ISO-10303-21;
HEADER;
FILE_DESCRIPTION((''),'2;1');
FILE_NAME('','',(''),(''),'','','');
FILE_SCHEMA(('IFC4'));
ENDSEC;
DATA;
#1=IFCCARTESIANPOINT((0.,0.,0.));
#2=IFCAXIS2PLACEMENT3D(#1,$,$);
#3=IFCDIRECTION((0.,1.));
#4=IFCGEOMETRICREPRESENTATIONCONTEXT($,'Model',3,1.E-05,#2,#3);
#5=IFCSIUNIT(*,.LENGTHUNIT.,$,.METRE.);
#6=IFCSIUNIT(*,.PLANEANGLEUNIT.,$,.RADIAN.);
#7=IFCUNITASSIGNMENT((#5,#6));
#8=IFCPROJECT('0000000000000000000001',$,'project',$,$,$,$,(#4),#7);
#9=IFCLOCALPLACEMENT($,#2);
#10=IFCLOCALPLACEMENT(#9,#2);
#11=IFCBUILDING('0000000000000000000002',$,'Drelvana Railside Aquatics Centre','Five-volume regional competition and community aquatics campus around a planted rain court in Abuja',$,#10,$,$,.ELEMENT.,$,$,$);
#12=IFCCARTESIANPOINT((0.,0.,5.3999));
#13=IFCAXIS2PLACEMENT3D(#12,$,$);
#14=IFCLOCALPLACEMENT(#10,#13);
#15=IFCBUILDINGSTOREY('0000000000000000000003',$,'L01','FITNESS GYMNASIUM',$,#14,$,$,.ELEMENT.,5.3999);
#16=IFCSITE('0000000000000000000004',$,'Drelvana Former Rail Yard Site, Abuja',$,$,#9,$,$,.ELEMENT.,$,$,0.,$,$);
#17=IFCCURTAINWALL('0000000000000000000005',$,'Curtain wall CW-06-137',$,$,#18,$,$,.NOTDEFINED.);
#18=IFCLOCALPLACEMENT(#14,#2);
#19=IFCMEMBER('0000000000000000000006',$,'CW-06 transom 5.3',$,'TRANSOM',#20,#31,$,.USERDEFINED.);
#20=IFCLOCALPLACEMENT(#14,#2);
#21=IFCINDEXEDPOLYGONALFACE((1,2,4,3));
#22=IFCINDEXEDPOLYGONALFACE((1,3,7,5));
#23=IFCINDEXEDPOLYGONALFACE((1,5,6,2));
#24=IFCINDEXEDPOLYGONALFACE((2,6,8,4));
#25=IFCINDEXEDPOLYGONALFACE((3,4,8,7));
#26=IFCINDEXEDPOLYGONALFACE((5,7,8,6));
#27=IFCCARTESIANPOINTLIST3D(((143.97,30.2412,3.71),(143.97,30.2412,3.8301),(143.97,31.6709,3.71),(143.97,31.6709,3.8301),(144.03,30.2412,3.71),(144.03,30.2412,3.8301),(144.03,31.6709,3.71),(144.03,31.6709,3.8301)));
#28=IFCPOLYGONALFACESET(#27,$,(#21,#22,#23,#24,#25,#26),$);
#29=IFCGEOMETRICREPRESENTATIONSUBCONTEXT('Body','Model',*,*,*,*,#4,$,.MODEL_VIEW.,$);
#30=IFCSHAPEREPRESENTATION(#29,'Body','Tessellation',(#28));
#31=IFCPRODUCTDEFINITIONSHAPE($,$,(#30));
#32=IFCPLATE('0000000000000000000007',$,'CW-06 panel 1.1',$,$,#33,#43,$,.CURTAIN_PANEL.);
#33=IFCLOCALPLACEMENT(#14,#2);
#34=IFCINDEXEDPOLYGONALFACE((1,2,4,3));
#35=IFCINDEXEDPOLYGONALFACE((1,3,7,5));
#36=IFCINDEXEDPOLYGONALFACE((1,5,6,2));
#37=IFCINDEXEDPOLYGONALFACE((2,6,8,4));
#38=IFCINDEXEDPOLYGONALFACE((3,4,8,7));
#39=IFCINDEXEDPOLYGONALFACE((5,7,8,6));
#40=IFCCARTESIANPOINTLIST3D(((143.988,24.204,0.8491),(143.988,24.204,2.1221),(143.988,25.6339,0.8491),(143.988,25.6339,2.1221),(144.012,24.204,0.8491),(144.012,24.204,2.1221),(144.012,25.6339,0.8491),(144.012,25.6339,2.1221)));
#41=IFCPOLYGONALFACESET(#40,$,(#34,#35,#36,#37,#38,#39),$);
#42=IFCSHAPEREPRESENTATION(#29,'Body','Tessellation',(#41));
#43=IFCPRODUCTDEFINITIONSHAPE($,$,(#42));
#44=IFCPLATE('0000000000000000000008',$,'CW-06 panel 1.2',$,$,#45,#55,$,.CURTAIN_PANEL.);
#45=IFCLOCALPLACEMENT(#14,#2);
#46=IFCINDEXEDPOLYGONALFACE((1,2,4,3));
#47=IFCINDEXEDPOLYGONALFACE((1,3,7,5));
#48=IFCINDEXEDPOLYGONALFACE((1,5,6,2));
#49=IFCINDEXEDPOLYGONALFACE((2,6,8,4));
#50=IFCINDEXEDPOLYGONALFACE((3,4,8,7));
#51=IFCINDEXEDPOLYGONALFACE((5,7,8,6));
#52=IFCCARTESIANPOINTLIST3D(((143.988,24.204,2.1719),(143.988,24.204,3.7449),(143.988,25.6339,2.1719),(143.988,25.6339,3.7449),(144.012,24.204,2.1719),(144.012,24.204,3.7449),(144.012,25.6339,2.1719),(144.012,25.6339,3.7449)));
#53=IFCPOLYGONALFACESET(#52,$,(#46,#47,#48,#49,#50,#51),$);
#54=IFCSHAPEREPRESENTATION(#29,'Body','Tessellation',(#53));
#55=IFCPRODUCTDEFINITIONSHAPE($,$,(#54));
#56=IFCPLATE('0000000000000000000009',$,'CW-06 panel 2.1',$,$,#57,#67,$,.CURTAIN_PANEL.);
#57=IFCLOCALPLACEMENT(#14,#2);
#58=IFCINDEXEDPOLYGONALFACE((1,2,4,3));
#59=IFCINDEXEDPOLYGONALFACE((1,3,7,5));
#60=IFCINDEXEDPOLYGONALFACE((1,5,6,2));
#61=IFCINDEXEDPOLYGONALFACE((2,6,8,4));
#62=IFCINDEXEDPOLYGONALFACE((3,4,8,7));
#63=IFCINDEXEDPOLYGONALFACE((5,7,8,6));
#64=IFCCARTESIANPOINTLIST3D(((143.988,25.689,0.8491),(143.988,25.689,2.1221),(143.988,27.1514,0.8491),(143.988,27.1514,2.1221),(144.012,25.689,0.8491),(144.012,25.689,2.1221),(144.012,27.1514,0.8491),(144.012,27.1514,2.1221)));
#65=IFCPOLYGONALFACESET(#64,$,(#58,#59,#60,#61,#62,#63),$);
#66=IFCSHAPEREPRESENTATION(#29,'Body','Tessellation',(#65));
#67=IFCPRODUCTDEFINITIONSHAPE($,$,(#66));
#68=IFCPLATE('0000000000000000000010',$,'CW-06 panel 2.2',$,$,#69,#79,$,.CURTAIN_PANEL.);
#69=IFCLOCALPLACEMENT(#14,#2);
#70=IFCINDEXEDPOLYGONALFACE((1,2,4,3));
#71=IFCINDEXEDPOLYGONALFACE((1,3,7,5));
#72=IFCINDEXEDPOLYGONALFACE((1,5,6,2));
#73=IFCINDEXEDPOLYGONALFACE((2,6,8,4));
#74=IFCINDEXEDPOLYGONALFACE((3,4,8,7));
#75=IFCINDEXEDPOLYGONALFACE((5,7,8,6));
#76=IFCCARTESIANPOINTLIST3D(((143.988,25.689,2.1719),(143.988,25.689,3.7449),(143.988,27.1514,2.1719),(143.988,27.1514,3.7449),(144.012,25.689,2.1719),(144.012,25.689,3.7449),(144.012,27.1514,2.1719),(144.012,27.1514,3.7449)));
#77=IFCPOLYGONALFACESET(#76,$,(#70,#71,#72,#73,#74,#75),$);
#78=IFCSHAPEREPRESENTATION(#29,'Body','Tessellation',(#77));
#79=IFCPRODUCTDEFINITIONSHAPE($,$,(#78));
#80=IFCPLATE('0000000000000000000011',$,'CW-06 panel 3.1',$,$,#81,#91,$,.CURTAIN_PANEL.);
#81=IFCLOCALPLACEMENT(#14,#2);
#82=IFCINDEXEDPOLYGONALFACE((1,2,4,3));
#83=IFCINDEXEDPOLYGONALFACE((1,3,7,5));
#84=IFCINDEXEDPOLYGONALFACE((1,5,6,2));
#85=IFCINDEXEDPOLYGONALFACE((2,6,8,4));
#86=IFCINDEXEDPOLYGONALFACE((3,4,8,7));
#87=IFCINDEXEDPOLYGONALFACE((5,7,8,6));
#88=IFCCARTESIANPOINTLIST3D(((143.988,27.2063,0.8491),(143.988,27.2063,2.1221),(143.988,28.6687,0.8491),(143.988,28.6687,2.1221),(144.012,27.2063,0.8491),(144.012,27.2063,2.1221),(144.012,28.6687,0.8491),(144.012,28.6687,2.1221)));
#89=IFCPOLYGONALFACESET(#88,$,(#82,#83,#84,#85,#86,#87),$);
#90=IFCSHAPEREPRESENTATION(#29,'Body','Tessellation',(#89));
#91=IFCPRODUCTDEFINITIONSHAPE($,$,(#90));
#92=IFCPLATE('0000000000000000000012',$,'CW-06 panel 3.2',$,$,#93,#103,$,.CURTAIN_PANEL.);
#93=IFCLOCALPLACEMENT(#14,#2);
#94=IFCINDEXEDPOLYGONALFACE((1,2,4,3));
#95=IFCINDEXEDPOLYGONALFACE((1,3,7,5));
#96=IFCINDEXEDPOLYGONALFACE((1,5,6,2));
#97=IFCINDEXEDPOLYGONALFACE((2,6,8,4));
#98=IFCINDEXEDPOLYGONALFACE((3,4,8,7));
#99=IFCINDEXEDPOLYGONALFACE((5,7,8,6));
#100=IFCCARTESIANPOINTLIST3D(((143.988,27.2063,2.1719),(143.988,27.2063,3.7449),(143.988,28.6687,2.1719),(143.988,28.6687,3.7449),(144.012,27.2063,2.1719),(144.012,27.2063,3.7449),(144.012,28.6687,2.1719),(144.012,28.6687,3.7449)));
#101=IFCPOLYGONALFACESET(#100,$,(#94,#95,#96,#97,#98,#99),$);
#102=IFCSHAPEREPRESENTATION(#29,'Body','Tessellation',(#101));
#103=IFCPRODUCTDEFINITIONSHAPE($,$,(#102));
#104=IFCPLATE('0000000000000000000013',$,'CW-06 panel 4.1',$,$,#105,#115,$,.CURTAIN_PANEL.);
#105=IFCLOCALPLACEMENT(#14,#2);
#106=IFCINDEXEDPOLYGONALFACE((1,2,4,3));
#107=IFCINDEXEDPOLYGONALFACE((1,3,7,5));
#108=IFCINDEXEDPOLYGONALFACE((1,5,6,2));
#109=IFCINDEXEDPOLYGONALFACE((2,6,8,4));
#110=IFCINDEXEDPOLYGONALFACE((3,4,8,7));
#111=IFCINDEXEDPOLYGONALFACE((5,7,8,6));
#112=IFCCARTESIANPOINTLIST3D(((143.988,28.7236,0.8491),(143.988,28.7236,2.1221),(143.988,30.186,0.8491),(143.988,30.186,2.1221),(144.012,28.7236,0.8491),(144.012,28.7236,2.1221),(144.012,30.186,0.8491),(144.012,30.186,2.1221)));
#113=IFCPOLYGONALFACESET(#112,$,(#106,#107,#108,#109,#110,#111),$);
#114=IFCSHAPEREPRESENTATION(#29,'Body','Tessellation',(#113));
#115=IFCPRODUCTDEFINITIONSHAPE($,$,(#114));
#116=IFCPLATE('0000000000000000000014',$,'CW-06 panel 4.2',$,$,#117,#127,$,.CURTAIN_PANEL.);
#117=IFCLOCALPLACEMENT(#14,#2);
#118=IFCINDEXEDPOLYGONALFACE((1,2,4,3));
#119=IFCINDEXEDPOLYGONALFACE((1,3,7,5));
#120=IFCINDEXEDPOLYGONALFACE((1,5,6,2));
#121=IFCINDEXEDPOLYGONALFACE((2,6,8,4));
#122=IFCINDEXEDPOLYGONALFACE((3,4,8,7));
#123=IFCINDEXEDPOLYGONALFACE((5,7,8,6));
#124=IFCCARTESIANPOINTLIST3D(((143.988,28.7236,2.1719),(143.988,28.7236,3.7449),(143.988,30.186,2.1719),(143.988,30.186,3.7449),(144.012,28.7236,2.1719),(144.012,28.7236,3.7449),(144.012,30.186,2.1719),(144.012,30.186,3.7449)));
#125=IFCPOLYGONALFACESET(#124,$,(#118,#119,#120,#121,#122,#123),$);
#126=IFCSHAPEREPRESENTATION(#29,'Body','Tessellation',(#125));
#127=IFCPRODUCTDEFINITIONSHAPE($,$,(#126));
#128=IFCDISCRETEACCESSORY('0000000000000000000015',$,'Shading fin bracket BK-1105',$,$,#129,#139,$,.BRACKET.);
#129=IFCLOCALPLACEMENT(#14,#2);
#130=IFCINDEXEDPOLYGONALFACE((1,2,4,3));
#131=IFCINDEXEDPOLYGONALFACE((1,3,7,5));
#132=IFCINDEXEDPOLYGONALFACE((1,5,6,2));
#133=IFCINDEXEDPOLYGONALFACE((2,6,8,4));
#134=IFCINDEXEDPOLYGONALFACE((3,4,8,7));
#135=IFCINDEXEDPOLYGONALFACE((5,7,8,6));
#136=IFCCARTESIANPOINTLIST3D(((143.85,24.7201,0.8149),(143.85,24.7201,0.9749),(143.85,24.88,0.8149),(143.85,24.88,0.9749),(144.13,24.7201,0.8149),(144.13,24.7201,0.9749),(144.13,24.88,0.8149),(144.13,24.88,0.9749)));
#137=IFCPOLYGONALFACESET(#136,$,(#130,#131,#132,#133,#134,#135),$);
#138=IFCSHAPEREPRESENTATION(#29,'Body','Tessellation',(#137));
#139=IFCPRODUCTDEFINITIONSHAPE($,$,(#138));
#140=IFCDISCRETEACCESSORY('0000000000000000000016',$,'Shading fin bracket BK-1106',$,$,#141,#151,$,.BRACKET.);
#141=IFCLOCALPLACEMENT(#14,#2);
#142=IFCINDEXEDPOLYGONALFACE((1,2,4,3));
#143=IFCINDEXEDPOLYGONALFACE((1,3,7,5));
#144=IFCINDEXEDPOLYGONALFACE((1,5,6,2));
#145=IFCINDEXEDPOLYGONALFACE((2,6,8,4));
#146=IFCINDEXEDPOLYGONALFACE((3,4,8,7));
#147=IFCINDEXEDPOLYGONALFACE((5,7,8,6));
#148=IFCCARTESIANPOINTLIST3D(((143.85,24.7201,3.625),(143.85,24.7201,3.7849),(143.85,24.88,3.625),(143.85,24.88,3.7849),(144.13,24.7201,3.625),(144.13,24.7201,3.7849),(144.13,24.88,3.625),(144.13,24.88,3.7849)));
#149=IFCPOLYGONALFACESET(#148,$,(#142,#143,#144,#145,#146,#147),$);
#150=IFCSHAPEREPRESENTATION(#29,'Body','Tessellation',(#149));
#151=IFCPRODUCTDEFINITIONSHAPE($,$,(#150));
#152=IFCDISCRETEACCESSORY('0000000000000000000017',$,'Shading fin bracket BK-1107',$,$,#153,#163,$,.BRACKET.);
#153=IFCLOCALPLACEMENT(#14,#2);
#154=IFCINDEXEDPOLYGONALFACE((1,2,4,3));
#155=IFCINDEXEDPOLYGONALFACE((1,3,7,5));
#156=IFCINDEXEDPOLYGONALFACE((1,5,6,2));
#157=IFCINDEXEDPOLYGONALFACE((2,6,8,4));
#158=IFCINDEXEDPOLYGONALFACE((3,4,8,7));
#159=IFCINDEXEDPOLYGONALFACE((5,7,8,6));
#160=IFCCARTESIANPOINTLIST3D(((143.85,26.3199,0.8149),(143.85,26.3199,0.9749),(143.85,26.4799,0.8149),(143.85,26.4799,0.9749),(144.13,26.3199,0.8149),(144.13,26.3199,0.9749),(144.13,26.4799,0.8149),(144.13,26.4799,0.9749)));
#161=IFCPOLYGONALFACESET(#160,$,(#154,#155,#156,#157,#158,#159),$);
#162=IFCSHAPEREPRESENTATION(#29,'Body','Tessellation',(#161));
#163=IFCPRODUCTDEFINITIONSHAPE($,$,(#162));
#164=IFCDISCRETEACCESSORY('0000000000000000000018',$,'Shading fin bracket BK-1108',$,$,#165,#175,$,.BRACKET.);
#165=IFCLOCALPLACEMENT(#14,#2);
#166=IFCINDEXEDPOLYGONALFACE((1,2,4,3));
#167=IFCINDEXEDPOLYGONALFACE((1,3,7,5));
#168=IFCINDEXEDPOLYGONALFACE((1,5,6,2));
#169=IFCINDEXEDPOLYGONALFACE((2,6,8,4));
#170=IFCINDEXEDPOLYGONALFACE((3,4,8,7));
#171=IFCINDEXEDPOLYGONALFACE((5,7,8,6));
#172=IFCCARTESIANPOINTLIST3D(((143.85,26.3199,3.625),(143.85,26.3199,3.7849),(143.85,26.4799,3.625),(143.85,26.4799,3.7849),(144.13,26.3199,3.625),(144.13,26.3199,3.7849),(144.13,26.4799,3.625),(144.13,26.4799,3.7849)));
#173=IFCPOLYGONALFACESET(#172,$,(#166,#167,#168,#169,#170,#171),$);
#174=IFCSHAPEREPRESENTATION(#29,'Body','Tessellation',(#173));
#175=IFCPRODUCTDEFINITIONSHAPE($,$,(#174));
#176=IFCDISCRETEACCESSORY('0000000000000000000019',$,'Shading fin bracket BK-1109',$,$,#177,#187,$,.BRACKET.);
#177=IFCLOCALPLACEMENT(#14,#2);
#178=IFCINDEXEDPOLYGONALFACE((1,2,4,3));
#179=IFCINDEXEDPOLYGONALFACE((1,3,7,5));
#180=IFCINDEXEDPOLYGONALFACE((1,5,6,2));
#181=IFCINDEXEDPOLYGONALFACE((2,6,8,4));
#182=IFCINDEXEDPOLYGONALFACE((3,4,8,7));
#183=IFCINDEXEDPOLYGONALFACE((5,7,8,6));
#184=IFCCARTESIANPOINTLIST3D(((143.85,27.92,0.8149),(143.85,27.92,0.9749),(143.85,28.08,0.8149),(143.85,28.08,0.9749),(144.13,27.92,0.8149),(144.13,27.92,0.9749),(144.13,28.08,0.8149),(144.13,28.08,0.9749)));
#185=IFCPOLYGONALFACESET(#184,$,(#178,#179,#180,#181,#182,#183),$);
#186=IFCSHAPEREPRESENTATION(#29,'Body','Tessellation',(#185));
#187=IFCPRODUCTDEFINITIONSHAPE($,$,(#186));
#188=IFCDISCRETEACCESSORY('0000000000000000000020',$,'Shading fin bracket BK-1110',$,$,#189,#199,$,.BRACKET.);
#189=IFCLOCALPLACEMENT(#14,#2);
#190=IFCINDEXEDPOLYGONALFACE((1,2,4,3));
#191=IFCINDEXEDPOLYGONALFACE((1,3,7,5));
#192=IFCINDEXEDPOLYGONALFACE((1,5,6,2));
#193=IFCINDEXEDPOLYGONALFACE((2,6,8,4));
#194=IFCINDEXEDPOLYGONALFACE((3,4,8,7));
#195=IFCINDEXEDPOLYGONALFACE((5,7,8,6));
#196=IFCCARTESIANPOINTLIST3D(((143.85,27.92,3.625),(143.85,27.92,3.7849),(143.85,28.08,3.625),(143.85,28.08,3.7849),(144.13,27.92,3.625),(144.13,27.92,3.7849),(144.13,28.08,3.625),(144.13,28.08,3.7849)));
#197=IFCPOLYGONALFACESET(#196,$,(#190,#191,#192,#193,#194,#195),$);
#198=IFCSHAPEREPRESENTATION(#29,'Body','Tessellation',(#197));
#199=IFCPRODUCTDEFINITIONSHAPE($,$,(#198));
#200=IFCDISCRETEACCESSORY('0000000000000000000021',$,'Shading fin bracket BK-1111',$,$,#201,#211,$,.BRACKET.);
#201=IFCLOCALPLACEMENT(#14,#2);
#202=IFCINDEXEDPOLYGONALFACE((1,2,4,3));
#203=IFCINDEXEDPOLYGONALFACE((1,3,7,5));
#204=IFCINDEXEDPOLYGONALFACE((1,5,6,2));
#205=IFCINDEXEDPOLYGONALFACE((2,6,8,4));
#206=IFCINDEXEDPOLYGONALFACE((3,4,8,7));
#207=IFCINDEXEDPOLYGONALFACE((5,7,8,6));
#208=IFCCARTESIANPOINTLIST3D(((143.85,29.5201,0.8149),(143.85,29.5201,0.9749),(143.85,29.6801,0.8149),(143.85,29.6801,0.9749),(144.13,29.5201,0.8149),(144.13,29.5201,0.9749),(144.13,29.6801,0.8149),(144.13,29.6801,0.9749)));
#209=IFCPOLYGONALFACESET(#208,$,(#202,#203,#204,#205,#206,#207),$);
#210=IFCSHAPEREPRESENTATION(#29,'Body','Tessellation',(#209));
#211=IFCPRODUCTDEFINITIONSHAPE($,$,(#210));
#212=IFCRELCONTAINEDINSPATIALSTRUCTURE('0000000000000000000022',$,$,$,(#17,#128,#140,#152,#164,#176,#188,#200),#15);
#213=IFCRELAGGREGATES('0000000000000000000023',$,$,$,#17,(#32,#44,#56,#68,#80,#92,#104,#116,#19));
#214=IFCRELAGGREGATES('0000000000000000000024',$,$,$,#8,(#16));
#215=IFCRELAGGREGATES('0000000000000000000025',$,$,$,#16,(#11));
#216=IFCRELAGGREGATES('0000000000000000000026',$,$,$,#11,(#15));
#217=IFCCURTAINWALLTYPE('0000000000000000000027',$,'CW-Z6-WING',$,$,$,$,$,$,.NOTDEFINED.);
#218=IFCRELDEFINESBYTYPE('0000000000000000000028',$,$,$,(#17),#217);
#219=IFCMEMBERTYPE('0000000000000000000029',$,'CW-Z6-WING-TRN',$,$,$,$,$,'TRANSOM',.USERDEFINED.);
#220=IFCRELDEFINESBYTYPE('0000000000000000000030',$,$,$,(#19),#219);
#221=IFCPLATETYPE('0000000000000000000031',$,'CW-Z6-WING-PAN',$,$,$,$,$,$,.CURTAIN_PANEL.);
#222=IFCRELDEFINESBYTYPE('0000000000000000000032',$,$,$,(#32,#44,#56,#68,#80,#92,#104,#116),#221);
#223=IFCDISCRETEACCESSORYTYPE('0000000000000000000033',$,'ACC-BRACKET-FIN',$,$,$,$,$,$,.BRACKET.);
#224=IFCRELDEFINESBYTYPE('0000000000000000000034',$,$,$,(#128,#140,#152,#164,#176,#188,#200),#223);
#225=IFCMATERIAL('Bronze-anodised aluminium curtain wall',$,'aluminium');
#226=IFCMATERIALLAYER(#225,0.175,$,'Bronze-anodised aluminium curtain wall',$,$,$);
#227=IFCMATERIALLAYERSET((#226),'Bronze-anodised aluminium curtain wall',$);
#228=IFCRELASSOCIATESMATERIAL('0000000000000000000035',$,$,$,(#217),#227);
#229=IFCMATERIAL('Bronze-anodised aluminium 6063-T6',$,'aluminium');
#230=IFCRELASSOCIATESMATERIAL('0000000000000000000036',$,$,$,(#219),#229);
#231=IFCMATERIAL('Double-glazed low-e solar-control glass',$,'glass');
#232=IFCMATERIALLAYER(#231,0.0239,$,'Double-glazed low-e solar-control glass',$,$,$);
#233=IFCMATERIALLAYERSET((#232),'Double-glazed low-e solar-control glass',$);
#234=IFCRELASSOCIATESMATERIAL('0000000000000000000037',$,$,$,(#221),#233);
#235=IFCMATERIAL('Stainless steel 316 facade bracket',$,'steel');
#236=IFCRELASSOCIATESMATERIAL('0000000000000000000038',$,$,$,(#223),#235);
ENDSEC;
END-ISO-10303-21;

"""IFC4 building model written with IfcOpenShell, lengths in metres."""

from ifc_helpers import new_model, si_unit, direction, frame, origin, origin_2d, place, context, subcontext, project, spatial, rectangle, extrude, material, layer, layer_set, material_profile, profile_set, type_object, element, aggregate, save


model = new_model("IFC4")

# Units and contexts
model_context = context("Model", 3, precision=1e-05, world=origin(), true_north=direction((0.0, 1.0)))
body_context = subcontext(model_context, "Body", "Model", "MODEL_VIEW")
ifc_project = project(units=[si_unit("LENGTHUNIT", "METRE"), si_unit("PLANEANGLEUNIT", "RADIAN")], contexts=[model_context])

# Site, building, storey
site_placement = place(None, origin())
site = spatial("IfcSite", under=ifc_project, at=site_placement, Name="Drelvana Former Rail Yard Site, Abuja", CompositionType="ELEMENT", RefElevation=0.0)
building_placement = place(site_placement, origin())
building = spatial("IfcBuilding", under=site, at=building_placement, Name="Drelvana Railside Aquatics Centre", Description="Five-volume regional competition and community aquatics campus around a planted rain court in Abuja", CompositionType="ELEMENT")
storey_placement = place(building_placement, frame((0.0, 0.0, 5.3999)))
storey = spatial("IfcBuildingStorey", under=building, at=storey_placement, Name="L01", Description="FITNESS GYMNASIUM", CompositionType="ELEMENT", Elevation=5.3999)

# Curtain wall, member, plates
ifc_material_1 = material(Name="Bronze-anodised aluminium curtain wall", Category="aluminium")
ifc_layer_1 = layer(ifc_material_1, 0.175, Name="Bronze-anodised aluminium curtain wall")
ifc_layer_set_1 = layer_set([ifc_layer_1], Name="Bronze-anodised aluminium curtain wall")
curtain_wall_type = type_object("IfcCurtainWallType", Name="CW-Z6-WING", PredefinedType="NOTDEFINED", material=ifc_layer_set_1)
curtain_wall_placement = place(storey_placement, origin())
curtain_wall = element("IfcCurtainWall", 1, at=curtain_wall_placement, inside=storey, type_object=curtain_wall_type, Name="Curtain wall CW-06-137", PredefinedType="NOTDEFINED")
ifc_material_2 = material(Name="Bronze-anodised aluminium 6063-T6", Category="aluminium")
ifc_material_profile_1 = material_profile(ifc_material_2, rectangle(XDim=0.1201, YDim=0.0601, at=origin_2d()), Name="ALU-T 60x120")
ifc_profile_set_1 = profile_set([ifc_material_profile_1], Name="Bronze-anodised aluminium 6063-T6")
member_type_1 = type_object("IfcMemberType", Name="CW-Z6-WING-TRN", ElementType="TRANSOM", PredefinedType="USERDEFINED", material=ifc_profile_set_1)
member_1_placement = place(storey_placement, frame((144.0, 30.2412, 3.77), z_axis=(0.0, 1.0, 0.0), x_axis=(0.0, 0.0, 1.0)))
member_1 = element("IfcMember", 2, at=member_1_placement, type_object=member_type_1, Name="CW-06 transom 5.3", ObjectType="TRANSOM", PredefinedType="USERDEFINED", context=body_context, shape_type="SweptSolid", body=[
    extrude(rectangle(XDim=0.1201, YDim=0.0601, at=origin_2d()), origin(), (0.0, 0.0, 1.0), 1.4297),
])
ifc_material_3 = material(Name="Double-glazed low-e solar-control glass", Category="glass")
ifc_layer_2 = layer(ifc_material_3, 0.0239, Name="Double-glazed low-e solar-control glass")
ifc_layer_set_2 = layer_set([ifc_layer_2], Name="Double-glazed low-e solar-control glass")
plate_type = type_object("IfcPlateType", Name="CW-Z6-WING-PAN", PredefinedType="CURTAIN_PANEL", material=ifc_layer_set_2)
plate_1_placement = place(storey_placement, frame((144.0, 24.9189, 0.8491), z_axis=(0.0, 0.0, 1.0), x_axis=(0.0, 1.0, 0.0)))
plate_1 = element("IfcPlate", 3, at=plate_1_placement, type_object=plate_type, Name="CW-06 panel 1.1", PredefinedType="CURTAIN_PANEL", context=body_context, shape_type="SweptSolid", body=[
    extrude(rectangle(XDim=1.4299, YDim=0.0239, at=origin_2d()), origin(), (0.0, 0.0, 1.0), 1.2729),
])
plate_2_placement = place(storey_placement, frame((144.0, 24.9189, 2.1719), z_axis=(0.0, 0.0, 1.0), x_axis=(0.0, 1.0, 0.0)))
plate_2 = element("IfcPlate", 4, at=plate_2_placement, type_object=plate_type, Name="CW-06 panel 1.2", PredefinedType="CURTAIN_PANEL", context=body_context, shape_type="SweptSolid", body=[
    extrude(rectangle(XDim=1.4299, YDim=0.0239, at=origin_2d()), origin(), (0.0, 0.0, 1.0), 1.573),
])
plate_3_placement = place(storey_placement, frame((144.0, 26.4202, 0.8491), z_axis=(0.0, 0.0, 1.0), x_axis=(0.0, 1.0, 0.0)))
plate_3 = element("IfcPlate", 5, at=plate_3_placement, type_object=plate_type, Name="CW-06 panel 2.1", PredefinedType="CURTAIN_PANEL", context=body_context, shape_type="SweptSolid", body=[
    extrude(rectangle(XDim=1.4624, YDim=0.0239, at=origin_2d()), origin(), (0.0, 0.0, 1.0), 1.2729),
])
plate_4_placement = place(storey_placement, frame((144.0, 26.4202, 2.1719), z_axis=(0.0, 0.0, 1.0), x_axis=(0.0, 1.0, 0.0)))
plate_4 = element("IfcPlate", 6, at=plate_4_placement, type_object=plate_type, Name="CW-06 panel 2.2", PredefinedType="CURTAIN_PANEL", context=body_context, shape_type="SweptSolid", body=[
    extrude(rectangle(XDim=1.4624, YDim=0.0239, at=origin_2d()), origin(), (0.0, 0.0, 1.0), 1.573),
])
plate_5_placement = place(storey_placement, frame((144.0, 27.9375, 0.8491), z_axis=(0.0, 0.0, 1.0), x_axis=(0.0, 1.0, 0.0)))
plate_5 = element("IfcPlate", 7, at=plate_5_placement, type_object=plate_type, Name="CW-06 panel 3.1", PredefinedType="CURTAIN_PANEL", context=body_context, shape_type="SweptSolid", body=[
    extrude(rectangle(XDim=1.4624, YDim=0.0239, at=origin_2d()), origin(), (0.0, 0.0, 1.0), 1.2729),
])
plate_6_placement = place(storey_placement, frame((144.0, 27.9375, 2.1719), z_axis=(0.0, 0.0, 1.0), x_axis=(0.0, 1.0, 0.0)))
plate_6 = element("IfcPlate", 8, at=plate_6_placement, type_object=plate_type, Name="CW-06 panel 3.2", PredefinedType="CURTAIN_PANEL", context=body_context, shape_type="SweptSolid", body=[
    extrude(rectangle(XDim=1.4624, YDim=0.0239, at=origin_2d()), origin(), (0.0, 0.0, 1.0), 1.573),
])
plate_7_placement = place(storey_placement, frame((144.0, 29.4548, 0.8491), z_axis=(0.0, 0.0, 1.0), x_axis=(0.0, 1.0, 0.0)))
plate_7 = element("IfcPlate", 9, at=plate_7_placement, type_object=plate_type, Name="CW-06 panel 4.1", PredefinedType="CURTAIN_PANEL", context=body_context, shape_type="SweptSolid", body=[
    extrude(rectangle(XDim=1.4624, YDim=0.0239, at=origin_2d()), origin(), (0.0, 0.0, 1.0), 1.2729),
])
plate_8_placement = place(storey_placement, frame((144.0, 29.4548, 2.1719), z_axis=(0.0, 0.0, 1.0), x_axis=(0.0, 1.0, 0.0)))
plate_8 = element("IfcPlate", 10, at=plate_8_placement, type_object=plate_type, Name="CW-06 panel 4.2", PredefinedType="CURTAIN_PANEL", context=body_context, shape_type="SweptSolid", body=[
    extrude(rectangle(XDim=1.4624, YDim=0.0239, at=origin_2d()), origin(), (0.0, 0.0, 1.0), 1.573),
])
aggregate(curtain_wall, [plate_1, plate_2, plate_3, plate_4, plate_5, plate_6, plate_7, plate_8, member_1])

# Discrete accessories
ifc_material_4 = material(Name="Stainless steel 316 facade bracket", Category="steel")
discrete_accessory_type = type_object("IfcDiscreteAccessoryType", Name="ACC-BRACKET-FIN", PredefinedType="BRACKET", material=ifc_material_4)
for number, where, z_axis, x_axis, name in (
    (11, (143.99, 24.8, 0.8149), (0.0, 0.0, 1.0), (-1.0, 0.0, 0.0), "Shading fin bracket BK-1105"),
    (12, (143.99, 24.8, 3.625), (0.0, 0.0, 1.0), (-1.0, 0.0, 0.0), "Shading fin bracket BK-1106"),
    (13, (143.99, 26.3999, 0.8149), (0.0, 0.0, 1.0), (-1.0, 0.0, 0.0), "Shading fin bracket BK-1107"),
    (14, (143.99, 26.3999, 3.625), (0.0, 0.0, 1.0), (-1.0, 0.0, 0.0), "Shading fin bracket BK-1108"),
    (15, (143.99, 28.0, 0.8149), (0.0, 0.0, 1.0), (-1.0, 0.0, 0.0), "Shading fin bracket BK-1109"),
    (16, (143.99, 28.0, 3.625), (0.0, 0.0, 1.0), (-1.0, 0.0, 0.0), "Shading fin bracket BK-1110"),
    (17, (143.99, 29.6001, 0.8149), (0.0, 0.0, 1.0), (-1.0, 0.0, 0.0), "Shading fin bracket BK-1111"),
):
    element("IfcDiscreteAccessory", number, at=place(storey_placement, frame(where, z_axis=z_axis, x_axis=x_axis)), inside=storey, type_object=discrete_accessory_type, Name=name, PredefinedType="BRACKET", context=body_context, shape_type="SweptSolid", body=[
        extrude(rectangle(XDim=0.28, YDim=0.1599, at=origin_2d()), origin(), (0.0, 0.0, 1.0), 0.1599),
    ])

save(model, "model.ifc")
